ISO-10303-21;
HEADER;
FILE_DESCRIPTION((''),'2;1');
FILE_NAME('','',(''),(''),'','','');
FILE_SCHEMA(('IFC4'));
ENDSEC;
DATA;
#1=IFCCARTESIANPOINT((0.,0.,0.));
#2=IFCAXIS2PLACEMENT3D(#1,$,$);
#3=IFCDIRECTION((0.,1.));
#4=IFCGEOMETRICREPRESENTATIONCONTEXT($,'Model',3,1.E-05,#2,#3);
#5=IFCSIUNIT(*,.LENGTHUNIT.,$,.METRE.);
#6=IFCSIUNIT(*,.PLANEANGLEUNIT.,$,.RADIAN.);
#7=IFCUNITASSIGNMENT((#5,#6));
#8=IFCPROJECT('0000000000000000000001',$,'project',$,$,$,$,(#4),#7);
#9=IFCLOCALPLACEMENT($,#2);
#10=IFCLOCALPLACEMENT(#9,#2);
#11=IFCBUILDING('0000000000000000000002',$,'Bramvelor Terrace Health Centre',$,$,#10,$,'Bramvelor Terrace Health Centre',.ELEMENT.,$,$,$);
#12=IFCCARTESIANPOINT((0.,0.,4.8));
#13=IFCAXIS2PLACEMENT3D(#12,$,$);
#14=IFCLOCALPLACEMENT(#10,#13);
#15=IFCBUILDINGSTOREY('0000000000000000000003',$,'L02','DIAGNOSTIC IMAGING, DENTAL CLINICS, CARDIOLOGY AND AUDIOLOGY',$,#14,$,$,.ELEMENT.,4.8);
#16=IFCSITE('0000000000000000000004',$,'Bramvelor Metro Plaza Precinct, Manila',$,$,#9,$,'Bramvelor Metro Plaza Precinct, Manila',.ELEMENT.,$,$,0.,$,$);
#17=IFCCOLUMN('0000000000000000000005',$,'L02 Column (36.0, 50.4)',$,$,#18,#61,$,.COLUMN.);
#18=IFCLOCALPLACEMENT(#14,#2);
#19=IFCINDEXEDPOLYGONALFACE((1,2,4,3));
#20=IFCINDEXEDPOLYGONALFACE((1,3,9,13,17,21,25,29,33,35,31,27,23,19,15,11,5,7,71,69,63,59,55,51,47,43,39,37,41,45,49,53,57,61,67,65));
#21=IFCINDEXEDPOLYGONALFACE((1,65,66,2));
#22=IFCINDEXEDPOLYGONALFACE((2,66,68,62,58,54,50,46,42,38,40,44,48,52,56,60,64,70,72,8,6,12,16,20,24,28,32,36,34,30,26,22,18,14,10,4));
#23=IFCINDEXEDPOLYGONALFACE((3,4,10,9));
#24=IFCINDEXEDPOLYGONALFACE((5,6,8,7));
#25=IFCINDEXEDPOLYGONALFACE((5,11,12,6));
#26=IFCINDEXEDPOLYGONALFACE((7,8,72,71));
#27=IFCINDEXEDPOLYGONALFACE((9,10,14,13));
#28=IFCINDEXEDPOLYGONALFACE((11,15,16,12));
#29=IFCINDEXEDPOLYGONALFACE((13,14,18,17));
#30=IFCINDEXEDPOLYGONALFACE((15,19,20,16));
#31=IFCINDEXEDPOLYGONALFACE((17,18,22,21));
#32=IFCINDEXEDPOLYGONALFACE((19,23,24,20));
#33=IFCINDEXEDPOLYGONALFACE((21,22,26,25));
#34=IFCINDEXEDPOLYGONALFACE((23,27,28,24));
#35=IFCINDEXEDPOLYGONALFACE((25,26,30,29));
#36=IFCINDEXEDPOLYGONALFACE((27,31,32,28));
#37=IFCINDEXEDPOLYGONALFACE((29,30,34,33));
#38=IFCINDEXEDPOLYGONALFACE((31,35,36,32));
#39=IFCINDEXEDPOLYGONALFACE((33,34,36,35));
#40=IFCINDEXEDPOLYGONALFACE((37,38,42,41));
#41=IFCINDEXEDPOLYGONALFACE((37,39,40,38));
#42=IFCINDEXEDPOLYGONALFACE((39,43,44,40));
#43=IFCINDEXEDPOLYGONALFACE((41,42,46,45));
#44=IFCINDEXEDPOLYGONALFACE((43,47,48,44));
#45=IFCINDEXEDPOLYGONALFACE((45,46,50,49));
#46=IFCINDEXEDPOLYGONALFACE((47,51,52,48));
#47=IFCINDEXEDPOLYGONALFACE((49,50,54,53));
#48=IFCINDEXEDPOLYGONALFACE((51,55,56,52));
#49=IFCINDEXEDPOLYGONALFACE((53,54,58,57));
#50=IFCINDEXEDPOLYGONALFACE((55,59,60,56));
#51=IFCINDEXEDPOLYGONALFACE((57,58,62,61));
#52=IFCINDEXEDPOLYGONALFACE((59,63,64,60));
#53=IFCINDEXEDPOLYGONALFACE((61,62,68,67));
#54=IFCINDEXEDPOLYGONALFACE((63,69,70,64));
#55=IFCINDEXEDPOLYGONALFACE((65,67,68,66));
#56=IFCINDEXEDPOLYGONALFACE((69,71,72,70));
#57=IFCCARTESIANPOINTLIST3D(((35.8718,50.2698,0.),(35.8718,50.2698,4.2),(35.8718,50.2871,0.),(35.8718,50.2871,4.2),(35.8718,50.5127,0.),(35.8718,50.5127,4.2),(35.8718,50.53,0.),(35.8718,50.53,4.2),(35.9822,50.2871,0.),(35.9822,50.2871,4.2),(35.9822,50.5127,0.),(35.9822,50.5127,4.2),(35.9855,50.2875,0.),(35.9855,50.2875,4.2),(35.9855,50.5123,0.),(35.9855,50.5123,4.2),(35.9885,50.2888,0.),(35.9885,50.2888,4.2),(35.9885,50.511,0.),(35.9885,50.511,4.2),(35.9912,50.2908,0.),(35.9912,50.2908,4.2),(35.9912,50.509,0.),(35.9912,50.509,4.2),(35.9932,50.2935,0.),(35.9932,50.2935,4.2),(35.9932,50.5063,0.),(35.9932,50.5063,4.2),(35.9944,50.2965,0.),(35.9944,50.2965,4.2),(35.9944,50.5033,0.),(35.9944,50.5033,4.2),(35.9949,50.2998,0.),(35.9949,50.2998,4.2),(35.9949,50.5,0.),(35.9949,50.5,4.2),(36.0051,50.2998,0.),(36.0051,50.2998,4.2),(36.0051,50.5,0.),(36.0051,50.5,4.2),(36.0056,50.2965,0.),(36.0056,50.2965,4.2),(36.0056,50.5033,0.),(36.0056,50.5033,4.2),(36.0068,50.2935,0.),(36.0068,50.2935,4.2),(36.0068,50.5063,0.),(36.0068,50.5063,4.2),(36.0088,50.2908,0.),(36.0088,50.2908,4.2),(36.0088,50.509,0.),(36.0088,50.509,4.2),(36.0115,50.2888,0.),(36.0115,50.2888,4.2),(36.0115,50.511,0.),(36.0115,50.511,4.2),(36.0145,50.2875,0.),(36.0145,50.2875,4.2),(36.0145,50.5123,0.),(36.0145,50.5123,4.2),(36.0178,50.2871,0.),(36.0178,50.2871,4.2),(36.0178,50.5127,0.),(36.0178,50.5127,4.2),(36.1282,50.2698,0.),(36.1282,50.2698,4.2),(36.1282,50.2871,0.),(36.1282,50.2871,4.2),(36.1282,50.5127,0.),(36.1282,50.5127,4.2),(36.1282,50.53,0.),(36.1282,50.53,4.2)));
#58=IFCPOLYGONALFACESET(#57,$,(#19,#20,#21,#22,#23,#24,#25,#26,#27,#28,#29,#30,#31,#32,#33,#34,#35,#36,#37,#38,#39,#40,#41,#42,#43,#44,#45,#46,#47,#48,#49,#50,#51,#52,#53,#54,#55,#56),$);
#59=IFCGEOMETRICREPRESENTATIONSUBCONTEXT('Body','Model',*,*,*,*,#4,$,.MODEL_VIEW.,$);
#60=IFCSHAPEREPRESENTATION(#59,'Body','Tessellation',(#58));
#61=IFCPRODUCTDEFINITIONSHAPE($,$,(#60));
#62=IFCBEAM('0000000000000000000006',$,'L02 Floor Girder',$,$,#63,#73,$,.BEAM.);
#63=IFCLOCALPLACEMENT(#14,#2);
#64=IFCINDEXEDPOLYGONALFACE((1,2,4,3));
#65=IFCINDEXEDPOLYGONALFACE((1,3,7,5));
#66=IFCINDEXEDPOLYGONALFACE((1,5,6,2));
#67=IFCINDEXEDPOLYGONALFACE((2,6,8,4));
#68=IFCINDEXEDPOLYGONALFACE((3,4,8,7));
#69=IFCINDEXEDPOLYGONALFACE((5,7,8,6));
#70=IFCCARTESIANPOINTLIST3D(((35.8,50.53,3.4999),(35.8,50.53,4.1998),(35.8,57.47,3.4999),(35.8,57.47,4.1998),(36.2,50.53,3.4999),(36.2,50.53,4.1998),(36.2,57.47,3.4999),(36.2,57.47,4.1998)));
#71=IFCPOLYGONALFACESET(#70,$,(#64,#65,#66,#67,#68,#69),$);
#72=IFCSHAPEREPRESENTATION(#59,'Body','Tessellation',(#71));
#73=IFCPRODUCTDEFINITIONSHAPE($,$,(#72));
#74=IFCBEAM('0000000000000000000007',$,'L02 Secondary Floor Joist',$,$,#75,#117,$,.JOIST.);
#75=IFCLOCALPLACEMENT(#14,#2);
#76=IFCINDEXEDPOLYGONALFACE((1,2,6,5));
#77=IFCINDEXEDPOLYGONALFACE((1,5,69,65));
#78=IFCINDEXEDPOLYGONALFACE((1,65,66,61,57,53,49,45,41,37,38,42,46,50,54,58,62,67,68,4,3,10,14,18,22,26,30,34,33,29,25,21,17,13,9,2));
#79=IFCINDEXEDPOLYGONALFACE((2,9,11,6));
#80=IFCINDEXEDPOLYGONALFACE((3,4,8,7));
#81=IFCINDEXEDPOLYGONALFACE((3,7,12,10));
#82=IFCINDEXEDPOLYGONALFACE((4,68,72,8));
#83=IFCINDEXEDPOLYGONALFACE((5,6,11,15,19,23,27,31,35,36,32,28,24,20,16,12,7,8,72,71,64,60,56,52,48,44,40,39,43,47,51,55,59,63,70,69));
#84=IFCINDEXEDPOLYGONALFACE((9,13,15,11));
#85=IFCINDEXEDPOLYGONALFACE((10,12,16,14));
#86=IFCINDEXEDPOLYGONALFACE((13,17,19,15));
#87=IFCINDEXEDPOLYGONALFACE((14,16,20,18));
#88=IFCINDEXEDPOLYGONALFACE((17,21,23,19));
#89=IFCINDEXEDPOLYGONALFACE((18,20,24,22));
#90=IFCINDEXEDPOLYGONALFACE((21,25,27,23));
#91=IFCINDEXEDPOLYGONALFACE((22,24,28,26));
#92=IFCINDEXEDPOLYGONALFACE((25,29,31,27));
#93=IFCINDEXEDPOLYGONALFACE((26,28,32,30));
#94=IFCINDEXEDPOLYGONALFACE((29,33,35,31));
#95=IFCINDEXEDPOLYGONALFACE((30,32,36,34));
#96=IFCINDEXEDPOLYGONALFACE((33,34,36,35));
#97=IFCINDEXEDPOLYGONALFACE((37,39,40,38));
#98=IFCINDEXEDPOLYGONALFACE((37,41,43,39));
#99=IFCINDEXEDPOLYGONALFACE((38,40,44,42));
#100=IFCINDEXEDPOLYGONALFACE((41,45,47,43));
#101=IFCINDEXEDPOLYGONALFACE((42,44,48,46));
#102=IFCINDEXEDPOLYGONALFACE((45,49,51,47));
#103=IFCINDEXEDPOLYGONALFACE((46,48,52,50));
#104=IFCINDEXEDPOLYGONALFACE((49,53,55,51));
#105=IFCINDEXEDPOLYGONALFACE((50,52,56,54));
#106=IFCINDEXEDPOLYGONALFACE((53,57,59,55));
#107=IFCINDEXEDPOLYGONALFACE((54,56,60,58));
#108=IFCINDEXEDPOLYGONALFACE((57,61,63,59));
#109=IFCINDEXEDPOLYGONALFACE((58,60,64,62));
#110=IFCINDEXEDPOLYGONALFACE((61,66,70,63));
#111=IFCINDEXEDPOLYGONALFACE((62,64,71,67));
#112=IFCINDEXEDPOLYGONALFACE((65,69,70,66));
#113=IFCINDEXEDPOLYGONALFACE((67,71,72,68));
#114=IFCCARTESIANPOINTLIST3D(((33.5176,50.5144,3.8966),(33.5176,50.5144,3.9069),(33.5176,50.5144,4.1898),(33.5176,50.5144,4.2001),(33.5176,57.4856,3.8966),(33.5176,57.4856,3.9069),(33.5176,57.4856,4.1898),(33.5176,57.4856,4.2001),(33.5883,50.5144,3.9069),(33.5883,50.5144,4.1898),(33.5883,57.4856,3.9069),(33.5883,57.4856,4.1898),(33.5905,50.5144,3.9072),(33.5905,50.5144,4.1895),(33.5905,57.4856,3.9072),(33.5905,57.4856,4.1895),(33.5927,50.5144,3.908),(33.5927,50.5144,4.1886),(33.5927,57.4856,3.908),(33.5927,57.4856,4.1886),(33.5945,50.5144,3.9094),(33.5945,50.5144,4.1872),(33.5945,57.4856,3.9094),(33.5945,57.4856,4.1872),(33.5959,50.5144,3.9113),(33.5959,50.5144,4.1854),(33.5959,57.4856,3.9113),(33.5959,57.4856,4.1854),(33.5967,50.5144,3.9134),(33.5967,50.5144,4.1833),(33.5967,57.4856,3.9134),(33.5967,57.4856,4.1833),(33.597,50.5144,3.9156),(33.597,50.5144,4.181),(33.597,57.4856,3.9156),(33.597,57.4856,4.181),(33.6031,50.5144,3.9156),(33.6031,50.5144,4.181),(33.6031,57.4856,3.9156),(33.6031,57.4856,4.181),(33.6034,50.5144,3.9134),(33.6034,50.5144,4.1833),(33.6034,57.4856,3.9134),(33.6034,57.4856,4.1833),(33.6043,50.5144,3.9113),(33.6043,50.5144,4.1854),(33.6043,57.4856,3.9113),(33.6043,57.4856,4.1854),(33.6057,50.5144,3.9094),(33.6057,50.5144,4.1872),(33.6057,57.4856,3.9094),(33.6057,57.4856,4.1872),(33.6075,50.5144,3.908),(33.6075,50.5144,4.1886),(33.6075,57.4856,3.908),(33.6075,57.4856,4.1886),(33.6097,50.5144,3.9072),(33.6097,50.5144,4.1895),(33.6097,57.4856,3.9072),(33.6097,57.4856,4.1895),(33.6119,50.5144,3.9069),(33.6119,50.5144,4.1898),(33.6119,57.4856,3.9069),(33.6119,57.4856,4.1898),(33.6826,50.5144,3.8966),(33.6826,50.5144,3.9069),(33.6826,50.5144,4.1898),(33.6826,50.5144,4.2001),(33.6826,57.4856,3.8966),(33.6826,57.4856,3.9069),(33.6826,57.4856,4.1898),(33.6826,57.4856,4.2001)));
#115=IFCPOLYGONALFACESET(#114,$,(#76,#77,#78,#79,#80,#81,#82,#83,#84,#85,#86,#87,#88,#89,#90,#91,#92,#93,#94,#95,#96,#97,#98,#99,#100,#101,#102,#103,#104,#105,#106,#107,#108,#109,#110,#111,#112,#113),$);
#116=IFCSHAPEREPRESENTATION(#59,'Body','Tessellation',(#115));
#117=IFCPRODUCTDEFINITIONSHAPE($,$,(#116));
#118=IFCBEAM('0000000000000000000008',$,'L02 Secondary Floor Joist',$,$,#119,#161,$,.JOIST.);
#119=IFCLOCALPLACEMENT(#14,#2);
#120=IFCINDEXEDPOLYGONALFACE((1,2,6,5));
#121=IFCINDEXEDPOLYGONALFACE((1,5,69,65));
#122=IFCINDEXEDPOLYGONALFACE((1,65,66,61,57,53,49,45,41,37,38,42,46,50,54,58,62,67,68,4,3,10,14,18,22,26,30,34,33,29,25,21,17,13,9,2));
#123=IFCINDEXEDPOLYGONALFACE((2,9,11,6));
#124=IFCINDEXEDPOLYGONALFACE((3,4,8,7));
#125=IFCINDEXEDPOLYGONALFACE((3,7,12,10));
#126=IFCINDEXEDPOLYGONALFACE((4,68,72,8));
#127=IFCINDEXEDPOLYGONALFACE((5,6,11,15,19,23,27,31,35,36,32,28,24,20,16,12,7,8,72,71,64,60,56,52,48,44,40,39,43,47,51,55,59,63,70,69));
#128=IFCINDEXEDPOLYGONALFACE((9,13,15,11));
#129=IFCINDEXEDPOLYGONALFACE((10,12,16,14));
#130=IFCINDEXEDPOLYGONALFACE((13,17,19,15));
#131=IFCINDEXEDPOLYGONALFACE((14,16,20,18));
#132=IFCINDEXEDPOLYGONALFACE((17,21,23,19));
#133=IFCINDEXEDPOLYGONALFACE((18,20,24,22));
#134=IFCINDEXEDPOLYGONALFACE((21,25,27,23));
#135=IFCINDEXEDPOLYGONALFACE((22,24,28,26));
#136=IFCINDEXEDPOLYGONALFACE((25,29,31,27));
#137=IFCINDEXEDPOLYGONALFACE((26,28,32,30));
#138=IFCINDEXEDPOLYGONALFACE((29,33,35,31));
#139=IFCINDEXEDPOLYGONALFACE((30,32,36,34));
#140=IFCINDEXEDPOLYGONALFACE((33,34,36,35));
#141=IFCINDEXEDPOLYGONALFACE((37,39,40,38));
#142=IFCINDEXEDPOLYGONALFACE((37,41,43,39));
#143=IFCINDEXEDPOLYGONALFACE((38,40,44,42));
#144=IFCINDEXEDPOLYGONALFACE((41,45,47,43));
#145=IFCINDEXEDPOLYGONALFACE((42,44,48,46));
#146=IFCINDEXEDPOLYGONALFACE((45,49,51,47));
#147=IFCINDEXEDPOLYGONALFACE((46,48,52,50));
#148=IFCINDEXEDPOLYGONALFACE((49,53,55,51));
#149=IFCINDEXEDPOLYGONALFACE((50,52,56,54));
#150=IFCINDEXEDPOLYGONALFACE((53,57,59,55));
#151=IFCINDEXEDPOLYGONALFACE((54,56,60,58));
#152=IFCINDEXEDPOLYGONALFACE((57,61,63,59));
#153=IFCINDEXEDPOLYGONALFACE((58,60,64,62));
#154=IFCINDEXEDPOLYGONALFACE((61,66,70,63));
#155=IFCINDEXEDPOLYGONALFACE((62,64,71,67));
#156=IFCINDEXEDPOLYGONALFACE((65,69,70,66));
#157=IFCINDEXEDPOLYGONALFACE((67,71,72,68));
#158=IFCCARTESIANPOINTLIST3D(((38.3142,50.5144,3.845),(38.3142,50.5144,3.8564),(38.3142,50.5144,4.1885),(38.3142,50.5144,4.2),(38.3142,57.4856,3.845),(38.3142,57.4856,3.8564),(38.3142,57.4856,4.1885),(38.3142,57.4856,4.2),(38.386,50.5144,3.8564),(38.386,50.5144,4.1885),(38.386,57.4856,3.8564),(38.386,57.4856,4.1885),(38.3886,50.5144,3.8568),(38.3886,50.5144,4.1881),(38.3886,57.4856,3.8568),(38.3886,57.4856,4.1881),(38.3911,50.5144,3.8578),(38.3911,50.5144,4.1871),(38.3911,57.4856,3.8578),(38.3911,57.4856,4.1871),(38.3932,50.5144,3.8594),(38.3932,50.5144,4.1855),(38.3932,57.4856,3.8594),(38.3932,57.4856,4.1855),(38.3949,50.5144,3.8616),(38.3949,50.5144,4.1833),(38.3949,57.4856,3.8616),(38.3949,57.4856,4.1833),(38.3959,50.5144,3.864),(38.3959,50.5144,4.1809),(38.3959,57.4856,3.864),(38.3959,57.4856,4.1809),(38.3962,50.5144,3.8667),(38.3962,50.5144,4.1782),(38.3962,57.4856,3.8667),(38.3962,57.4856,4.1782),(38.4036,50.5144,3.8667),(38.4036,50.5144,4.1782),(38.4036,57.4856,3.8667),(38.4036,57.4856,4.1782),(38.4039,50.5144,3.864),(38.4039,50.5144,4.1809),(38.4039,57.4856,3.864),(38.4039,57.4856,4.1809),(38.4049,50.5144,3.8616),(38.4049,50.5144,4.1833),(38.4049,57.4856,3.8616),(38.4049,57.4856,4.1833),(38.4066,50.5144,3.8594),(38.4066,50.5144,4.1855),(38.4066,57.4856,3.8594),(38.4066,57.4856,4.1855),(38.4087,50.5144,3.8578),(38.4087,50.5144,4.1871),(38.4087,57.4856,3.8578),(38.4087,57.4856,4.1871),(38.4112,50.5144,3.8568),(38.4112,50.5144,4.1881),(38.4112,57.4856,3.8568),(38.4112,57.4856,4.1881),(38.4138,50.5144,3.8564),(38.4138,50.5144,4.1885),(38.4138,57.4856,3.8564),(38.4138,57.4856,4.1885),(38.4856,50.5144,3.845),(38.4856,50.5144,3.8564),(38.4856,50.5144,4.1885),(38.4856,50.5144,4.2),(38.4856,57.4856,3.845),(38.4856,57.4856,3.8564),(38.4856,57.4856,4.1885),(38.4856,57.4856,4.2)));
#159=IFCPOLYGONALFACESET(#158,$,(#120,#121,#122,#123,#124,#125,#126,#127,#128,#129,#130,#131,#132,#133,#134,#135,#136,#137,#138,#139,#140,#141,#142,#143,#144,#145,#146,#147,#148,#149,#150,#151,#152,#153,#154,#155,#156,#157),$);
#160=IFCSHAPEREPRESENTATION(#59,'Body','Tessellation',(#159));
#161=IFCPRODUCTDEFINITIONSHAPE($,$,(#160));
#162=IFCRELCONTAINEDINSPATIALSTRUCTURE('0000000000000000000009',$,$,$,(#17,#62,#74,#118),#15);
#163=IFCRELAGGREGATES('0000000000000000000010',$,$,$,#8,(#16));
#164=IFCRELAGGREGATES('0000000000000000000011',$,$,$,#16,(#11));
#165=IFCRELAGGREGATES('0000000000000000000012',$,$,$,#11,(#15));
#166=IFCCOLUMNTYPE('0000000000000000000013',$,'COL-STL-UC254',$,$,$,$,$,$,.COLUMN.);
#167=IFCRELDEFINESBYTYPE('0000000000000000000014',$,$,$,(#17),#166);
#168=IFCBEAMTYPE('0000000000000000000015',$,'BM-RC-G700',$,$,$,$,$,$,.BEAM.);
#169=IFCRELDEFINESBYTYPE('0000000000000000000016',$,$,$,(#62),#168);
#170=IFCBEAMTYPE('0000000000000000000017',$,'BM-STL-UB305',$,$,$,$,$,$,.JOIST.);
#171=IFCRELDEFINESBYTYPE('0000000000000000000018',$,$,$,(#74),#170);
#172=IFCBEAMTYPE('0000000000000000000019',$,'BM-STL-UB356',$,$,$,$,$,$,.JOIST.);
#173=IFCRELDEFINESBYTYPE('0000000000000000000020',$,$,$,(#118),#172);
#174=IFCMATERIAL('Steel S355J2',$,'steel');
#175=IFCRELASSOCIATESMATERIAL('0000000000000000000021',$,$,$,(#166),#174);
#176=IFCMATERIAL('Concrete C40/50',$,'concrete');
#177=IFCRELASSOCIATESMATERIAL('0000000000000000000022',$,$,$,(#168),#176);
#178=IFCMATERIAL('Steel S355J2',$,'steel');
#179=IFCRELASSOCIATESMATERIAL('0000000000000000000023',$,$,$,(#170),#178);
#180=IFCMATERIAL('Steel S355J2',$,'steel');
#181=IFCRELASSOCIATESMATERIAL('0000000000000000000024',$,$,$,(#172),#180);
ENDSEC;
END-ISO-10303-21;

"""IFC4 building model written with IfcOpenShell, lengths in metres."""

from ifc_helpers import new_model, si_unit, direction, frame, origin, origin_2d, place, context, subcontext, project, spatial, rectangle, i_section, extrude, material, material_profile, profile_set, type_object, element, save


model = new_model("IFC4")

# Units and contexts
model_context = context("Model", 3, precision=1e-05, world=origin(), true_north=direction((0.0, 1.0)))
body_context = subcontext(model_context, "Body", "Model", "MODEL_VIEW")
ifc_project = project(units=[si_unit("LENGTHUNIT", "METRE"), si_unit("PLANEANGLEUNIT", "RADIAN")], contexts=[model_context])

# Site, building, storey
site_placement = place(None, origin())
site = spatial("IfcSite", under=ifc_project, at=site_placement, Name="Bramvelor Metro Plaza Precinct, Manila", LongName="Bramvelor Metro Plaza Precinct, Manila", CompositionType="ELEMENT", RefElevation=0.0)
building_placement = place(site_placement, origin())
building = spatial("IfcBuilding", under=site, at=building_placement, Name="Bramvelor Terrace Health Centre", LongName="Bramvelor Terrace Health Centre", CompositionType="ELEMENT")
storey_placement = place(building_placement, frame((0.0, 0.0, 4.8)))
storey = spatial("IfcBuildingStorey", under=building, at=storey_placement, Name="L02", Description="DIAGNOSTIC IMAGING, DENTAL CLINICS, CARDIOLOGY AND AUDIOLOGY", CompositionType="ELEMENT", Elevation=4.8)

# Column
ifc_material_1 = material(Name="Steel S355J2", Category="steel")
ifc_material_profile_1 = material_profile(ifc_material_1, i_section(OverallWidth=0.2563, OverallDepth=0.2603, WebThickness=0.0103, FlangeThickness=0.0173, FilletRadius=0.0127, at=origin_2d()), Name="UC 254x254x89")
ifc_profile_set_1 = profile_set([ifc_material_profile_1], Name="Steel S355J2")
column_type = type_object("IfcColumnType", Name="COL-STL-UC254", PredefinedType="COLUMN", material=ifc_profile_set_1)
column_placement = place(storey_placement, frame((36.0, 50.3999, 0.0), z_axis=(0.0, 0.0, 1.0), x_axis=(1.0, 0.0, 0.0)))
element("IfcColumn", 1, at=column_placement, inside=storey, type_object=column_type, Name="L02 Column (36.0, 50.4)", PredefinedType="COLUMN", context=body_context, shape_type="SweptSolid", body=[
    extrude(i_section(OverallWidth=0.2563, OverallDepth=0.2603, WebThickness=0.0103, FlangeThickness=0.0173, FilletRadius=0.0127, at=origin_2d()), origin(), (0.0, 0.0, 1.0), 4.2),
])

# Beams
ifc_material_2 = material(Name="Concrete C40/50", Category="concrete")
ifc_material_profile_2 = material_profile(ifc_material_2, rectangle(XDim=0.3999, YDim=0.7, at=origin_2d()), Name="RC 400x700")
ifc_profile_set_2 = profile_set([ifc_material_profile_2], Name="Concrete C40/50")
beam_type_1 = type_object("IfcBeamType", Name="BM-RC-G700", PredefinedType="BEAM", material=ifc_profile_set_2)
beam_1_placement = place(storey_placement, frame((36.0, 50.53, 3.8499), z_axis=(0.0, 1.0, 0.0), x_axis=(-1.0, 0.0, 0.0)))
element("IfcBeam", 2, at=beam_1_placement, inside=storey, type_object=beam_type_1, Name="L02 Floor Girder", PredefinedType="BEAM", context=body_context, shape_type="SweptSolid", body=[
    extrude(rectangle(XDim=0.3999, YDim=0.7, at=origin_2d()), origin(), (0.0, 0.0, 1.0), 6.9399),
])
ifc_material_3 = material(Name="Steel S355J2", Category="steel")
ifc_material_profile_3 = material_profile(ifc_material_3, i_section(OverallWidth=0.165, OverallDepth=0.3035, WebThickness=0.0061, FlangeThickness=0.0103, FilletRadius=0.0088, at=origin_2d()), Name="UB 305x165x40")
ifc_profile_set_3 = profile_set([ifc_material_profile_3], Name="Steel S355J2")
beam_type_2 = type_object("IfcBeamType", Name="BM-STL-UB305", PredefinedType="JOIST", material=ifc_profile_set_3)
beam_2_placement = place(storey_placement, frame((33.6001, 50.5144, 4.0483), z_axis=(0.0, 1.0, 0.0), x_axis=(-1.0, 0.0, 0.0)))
element("IfcBeam", 3, at=beam_2_placement, inside=storey, type_object=beam_type_2, Name="L02 Secondary Floor Joist", PredefinedType="JOIST", context=body_context, shape_type="SweptSolid", body=[
    extrude(i_section(OverallWidth=0.165, OverallDepth=0.3035, WebThickness=0.0061, FlangeThickness=0.0103, FilletRadius=0.0088, at=origin_2d()), origin(), (0.0, 0.0, 1.0), 6.9712),
])
ifc_material_4 = material(Name="Steel S355J2", Category="steel")
ifc_material_profile_4 = material_profile(ifc_material_4, i_section(OverallWidth=0.1714, OverallDepth=0.355, WebThickness=0.0073, FlangeThickness=0.0115, FilletRadius=0.0103, at=origin_2d()), Name="UB 356x171x51")
ifc_profile_set_4 = profile_set([ifc_material_profile_4], Name="Steel S355J2")
beam_type_3 = type_object("IfcBeamType", Name="BM-STL-UB356", PredefinedType="JOIST", material=ifc_profile_set_4)
beam_3_placement = place(storey_placement, frame((38.3999, 50.5144, 4.0225), z_axis=(0.0, 1.0, 0.0), x_axis=(-1.0, 0.0, 0.0)))
element("IfcBeam", 4, at=beam_3_placement, inside=storey, type_object=beam_type_3, Name="L02 Secondary Floor Joist", PredefinedType="JOIST", context=body_context, shape_type="SweptSolid", body=[
    extrude(i_section(OverallWidth=0.1714, OverallDepth=0.355, WebThickness=0.0073, FlangeThickness=0.0115, FilletRadius=0.0103, at=origin_2d()), origin(), (0.0, 0.0, 1.0), 6.9712),
])

save(model, "model.ifc")
